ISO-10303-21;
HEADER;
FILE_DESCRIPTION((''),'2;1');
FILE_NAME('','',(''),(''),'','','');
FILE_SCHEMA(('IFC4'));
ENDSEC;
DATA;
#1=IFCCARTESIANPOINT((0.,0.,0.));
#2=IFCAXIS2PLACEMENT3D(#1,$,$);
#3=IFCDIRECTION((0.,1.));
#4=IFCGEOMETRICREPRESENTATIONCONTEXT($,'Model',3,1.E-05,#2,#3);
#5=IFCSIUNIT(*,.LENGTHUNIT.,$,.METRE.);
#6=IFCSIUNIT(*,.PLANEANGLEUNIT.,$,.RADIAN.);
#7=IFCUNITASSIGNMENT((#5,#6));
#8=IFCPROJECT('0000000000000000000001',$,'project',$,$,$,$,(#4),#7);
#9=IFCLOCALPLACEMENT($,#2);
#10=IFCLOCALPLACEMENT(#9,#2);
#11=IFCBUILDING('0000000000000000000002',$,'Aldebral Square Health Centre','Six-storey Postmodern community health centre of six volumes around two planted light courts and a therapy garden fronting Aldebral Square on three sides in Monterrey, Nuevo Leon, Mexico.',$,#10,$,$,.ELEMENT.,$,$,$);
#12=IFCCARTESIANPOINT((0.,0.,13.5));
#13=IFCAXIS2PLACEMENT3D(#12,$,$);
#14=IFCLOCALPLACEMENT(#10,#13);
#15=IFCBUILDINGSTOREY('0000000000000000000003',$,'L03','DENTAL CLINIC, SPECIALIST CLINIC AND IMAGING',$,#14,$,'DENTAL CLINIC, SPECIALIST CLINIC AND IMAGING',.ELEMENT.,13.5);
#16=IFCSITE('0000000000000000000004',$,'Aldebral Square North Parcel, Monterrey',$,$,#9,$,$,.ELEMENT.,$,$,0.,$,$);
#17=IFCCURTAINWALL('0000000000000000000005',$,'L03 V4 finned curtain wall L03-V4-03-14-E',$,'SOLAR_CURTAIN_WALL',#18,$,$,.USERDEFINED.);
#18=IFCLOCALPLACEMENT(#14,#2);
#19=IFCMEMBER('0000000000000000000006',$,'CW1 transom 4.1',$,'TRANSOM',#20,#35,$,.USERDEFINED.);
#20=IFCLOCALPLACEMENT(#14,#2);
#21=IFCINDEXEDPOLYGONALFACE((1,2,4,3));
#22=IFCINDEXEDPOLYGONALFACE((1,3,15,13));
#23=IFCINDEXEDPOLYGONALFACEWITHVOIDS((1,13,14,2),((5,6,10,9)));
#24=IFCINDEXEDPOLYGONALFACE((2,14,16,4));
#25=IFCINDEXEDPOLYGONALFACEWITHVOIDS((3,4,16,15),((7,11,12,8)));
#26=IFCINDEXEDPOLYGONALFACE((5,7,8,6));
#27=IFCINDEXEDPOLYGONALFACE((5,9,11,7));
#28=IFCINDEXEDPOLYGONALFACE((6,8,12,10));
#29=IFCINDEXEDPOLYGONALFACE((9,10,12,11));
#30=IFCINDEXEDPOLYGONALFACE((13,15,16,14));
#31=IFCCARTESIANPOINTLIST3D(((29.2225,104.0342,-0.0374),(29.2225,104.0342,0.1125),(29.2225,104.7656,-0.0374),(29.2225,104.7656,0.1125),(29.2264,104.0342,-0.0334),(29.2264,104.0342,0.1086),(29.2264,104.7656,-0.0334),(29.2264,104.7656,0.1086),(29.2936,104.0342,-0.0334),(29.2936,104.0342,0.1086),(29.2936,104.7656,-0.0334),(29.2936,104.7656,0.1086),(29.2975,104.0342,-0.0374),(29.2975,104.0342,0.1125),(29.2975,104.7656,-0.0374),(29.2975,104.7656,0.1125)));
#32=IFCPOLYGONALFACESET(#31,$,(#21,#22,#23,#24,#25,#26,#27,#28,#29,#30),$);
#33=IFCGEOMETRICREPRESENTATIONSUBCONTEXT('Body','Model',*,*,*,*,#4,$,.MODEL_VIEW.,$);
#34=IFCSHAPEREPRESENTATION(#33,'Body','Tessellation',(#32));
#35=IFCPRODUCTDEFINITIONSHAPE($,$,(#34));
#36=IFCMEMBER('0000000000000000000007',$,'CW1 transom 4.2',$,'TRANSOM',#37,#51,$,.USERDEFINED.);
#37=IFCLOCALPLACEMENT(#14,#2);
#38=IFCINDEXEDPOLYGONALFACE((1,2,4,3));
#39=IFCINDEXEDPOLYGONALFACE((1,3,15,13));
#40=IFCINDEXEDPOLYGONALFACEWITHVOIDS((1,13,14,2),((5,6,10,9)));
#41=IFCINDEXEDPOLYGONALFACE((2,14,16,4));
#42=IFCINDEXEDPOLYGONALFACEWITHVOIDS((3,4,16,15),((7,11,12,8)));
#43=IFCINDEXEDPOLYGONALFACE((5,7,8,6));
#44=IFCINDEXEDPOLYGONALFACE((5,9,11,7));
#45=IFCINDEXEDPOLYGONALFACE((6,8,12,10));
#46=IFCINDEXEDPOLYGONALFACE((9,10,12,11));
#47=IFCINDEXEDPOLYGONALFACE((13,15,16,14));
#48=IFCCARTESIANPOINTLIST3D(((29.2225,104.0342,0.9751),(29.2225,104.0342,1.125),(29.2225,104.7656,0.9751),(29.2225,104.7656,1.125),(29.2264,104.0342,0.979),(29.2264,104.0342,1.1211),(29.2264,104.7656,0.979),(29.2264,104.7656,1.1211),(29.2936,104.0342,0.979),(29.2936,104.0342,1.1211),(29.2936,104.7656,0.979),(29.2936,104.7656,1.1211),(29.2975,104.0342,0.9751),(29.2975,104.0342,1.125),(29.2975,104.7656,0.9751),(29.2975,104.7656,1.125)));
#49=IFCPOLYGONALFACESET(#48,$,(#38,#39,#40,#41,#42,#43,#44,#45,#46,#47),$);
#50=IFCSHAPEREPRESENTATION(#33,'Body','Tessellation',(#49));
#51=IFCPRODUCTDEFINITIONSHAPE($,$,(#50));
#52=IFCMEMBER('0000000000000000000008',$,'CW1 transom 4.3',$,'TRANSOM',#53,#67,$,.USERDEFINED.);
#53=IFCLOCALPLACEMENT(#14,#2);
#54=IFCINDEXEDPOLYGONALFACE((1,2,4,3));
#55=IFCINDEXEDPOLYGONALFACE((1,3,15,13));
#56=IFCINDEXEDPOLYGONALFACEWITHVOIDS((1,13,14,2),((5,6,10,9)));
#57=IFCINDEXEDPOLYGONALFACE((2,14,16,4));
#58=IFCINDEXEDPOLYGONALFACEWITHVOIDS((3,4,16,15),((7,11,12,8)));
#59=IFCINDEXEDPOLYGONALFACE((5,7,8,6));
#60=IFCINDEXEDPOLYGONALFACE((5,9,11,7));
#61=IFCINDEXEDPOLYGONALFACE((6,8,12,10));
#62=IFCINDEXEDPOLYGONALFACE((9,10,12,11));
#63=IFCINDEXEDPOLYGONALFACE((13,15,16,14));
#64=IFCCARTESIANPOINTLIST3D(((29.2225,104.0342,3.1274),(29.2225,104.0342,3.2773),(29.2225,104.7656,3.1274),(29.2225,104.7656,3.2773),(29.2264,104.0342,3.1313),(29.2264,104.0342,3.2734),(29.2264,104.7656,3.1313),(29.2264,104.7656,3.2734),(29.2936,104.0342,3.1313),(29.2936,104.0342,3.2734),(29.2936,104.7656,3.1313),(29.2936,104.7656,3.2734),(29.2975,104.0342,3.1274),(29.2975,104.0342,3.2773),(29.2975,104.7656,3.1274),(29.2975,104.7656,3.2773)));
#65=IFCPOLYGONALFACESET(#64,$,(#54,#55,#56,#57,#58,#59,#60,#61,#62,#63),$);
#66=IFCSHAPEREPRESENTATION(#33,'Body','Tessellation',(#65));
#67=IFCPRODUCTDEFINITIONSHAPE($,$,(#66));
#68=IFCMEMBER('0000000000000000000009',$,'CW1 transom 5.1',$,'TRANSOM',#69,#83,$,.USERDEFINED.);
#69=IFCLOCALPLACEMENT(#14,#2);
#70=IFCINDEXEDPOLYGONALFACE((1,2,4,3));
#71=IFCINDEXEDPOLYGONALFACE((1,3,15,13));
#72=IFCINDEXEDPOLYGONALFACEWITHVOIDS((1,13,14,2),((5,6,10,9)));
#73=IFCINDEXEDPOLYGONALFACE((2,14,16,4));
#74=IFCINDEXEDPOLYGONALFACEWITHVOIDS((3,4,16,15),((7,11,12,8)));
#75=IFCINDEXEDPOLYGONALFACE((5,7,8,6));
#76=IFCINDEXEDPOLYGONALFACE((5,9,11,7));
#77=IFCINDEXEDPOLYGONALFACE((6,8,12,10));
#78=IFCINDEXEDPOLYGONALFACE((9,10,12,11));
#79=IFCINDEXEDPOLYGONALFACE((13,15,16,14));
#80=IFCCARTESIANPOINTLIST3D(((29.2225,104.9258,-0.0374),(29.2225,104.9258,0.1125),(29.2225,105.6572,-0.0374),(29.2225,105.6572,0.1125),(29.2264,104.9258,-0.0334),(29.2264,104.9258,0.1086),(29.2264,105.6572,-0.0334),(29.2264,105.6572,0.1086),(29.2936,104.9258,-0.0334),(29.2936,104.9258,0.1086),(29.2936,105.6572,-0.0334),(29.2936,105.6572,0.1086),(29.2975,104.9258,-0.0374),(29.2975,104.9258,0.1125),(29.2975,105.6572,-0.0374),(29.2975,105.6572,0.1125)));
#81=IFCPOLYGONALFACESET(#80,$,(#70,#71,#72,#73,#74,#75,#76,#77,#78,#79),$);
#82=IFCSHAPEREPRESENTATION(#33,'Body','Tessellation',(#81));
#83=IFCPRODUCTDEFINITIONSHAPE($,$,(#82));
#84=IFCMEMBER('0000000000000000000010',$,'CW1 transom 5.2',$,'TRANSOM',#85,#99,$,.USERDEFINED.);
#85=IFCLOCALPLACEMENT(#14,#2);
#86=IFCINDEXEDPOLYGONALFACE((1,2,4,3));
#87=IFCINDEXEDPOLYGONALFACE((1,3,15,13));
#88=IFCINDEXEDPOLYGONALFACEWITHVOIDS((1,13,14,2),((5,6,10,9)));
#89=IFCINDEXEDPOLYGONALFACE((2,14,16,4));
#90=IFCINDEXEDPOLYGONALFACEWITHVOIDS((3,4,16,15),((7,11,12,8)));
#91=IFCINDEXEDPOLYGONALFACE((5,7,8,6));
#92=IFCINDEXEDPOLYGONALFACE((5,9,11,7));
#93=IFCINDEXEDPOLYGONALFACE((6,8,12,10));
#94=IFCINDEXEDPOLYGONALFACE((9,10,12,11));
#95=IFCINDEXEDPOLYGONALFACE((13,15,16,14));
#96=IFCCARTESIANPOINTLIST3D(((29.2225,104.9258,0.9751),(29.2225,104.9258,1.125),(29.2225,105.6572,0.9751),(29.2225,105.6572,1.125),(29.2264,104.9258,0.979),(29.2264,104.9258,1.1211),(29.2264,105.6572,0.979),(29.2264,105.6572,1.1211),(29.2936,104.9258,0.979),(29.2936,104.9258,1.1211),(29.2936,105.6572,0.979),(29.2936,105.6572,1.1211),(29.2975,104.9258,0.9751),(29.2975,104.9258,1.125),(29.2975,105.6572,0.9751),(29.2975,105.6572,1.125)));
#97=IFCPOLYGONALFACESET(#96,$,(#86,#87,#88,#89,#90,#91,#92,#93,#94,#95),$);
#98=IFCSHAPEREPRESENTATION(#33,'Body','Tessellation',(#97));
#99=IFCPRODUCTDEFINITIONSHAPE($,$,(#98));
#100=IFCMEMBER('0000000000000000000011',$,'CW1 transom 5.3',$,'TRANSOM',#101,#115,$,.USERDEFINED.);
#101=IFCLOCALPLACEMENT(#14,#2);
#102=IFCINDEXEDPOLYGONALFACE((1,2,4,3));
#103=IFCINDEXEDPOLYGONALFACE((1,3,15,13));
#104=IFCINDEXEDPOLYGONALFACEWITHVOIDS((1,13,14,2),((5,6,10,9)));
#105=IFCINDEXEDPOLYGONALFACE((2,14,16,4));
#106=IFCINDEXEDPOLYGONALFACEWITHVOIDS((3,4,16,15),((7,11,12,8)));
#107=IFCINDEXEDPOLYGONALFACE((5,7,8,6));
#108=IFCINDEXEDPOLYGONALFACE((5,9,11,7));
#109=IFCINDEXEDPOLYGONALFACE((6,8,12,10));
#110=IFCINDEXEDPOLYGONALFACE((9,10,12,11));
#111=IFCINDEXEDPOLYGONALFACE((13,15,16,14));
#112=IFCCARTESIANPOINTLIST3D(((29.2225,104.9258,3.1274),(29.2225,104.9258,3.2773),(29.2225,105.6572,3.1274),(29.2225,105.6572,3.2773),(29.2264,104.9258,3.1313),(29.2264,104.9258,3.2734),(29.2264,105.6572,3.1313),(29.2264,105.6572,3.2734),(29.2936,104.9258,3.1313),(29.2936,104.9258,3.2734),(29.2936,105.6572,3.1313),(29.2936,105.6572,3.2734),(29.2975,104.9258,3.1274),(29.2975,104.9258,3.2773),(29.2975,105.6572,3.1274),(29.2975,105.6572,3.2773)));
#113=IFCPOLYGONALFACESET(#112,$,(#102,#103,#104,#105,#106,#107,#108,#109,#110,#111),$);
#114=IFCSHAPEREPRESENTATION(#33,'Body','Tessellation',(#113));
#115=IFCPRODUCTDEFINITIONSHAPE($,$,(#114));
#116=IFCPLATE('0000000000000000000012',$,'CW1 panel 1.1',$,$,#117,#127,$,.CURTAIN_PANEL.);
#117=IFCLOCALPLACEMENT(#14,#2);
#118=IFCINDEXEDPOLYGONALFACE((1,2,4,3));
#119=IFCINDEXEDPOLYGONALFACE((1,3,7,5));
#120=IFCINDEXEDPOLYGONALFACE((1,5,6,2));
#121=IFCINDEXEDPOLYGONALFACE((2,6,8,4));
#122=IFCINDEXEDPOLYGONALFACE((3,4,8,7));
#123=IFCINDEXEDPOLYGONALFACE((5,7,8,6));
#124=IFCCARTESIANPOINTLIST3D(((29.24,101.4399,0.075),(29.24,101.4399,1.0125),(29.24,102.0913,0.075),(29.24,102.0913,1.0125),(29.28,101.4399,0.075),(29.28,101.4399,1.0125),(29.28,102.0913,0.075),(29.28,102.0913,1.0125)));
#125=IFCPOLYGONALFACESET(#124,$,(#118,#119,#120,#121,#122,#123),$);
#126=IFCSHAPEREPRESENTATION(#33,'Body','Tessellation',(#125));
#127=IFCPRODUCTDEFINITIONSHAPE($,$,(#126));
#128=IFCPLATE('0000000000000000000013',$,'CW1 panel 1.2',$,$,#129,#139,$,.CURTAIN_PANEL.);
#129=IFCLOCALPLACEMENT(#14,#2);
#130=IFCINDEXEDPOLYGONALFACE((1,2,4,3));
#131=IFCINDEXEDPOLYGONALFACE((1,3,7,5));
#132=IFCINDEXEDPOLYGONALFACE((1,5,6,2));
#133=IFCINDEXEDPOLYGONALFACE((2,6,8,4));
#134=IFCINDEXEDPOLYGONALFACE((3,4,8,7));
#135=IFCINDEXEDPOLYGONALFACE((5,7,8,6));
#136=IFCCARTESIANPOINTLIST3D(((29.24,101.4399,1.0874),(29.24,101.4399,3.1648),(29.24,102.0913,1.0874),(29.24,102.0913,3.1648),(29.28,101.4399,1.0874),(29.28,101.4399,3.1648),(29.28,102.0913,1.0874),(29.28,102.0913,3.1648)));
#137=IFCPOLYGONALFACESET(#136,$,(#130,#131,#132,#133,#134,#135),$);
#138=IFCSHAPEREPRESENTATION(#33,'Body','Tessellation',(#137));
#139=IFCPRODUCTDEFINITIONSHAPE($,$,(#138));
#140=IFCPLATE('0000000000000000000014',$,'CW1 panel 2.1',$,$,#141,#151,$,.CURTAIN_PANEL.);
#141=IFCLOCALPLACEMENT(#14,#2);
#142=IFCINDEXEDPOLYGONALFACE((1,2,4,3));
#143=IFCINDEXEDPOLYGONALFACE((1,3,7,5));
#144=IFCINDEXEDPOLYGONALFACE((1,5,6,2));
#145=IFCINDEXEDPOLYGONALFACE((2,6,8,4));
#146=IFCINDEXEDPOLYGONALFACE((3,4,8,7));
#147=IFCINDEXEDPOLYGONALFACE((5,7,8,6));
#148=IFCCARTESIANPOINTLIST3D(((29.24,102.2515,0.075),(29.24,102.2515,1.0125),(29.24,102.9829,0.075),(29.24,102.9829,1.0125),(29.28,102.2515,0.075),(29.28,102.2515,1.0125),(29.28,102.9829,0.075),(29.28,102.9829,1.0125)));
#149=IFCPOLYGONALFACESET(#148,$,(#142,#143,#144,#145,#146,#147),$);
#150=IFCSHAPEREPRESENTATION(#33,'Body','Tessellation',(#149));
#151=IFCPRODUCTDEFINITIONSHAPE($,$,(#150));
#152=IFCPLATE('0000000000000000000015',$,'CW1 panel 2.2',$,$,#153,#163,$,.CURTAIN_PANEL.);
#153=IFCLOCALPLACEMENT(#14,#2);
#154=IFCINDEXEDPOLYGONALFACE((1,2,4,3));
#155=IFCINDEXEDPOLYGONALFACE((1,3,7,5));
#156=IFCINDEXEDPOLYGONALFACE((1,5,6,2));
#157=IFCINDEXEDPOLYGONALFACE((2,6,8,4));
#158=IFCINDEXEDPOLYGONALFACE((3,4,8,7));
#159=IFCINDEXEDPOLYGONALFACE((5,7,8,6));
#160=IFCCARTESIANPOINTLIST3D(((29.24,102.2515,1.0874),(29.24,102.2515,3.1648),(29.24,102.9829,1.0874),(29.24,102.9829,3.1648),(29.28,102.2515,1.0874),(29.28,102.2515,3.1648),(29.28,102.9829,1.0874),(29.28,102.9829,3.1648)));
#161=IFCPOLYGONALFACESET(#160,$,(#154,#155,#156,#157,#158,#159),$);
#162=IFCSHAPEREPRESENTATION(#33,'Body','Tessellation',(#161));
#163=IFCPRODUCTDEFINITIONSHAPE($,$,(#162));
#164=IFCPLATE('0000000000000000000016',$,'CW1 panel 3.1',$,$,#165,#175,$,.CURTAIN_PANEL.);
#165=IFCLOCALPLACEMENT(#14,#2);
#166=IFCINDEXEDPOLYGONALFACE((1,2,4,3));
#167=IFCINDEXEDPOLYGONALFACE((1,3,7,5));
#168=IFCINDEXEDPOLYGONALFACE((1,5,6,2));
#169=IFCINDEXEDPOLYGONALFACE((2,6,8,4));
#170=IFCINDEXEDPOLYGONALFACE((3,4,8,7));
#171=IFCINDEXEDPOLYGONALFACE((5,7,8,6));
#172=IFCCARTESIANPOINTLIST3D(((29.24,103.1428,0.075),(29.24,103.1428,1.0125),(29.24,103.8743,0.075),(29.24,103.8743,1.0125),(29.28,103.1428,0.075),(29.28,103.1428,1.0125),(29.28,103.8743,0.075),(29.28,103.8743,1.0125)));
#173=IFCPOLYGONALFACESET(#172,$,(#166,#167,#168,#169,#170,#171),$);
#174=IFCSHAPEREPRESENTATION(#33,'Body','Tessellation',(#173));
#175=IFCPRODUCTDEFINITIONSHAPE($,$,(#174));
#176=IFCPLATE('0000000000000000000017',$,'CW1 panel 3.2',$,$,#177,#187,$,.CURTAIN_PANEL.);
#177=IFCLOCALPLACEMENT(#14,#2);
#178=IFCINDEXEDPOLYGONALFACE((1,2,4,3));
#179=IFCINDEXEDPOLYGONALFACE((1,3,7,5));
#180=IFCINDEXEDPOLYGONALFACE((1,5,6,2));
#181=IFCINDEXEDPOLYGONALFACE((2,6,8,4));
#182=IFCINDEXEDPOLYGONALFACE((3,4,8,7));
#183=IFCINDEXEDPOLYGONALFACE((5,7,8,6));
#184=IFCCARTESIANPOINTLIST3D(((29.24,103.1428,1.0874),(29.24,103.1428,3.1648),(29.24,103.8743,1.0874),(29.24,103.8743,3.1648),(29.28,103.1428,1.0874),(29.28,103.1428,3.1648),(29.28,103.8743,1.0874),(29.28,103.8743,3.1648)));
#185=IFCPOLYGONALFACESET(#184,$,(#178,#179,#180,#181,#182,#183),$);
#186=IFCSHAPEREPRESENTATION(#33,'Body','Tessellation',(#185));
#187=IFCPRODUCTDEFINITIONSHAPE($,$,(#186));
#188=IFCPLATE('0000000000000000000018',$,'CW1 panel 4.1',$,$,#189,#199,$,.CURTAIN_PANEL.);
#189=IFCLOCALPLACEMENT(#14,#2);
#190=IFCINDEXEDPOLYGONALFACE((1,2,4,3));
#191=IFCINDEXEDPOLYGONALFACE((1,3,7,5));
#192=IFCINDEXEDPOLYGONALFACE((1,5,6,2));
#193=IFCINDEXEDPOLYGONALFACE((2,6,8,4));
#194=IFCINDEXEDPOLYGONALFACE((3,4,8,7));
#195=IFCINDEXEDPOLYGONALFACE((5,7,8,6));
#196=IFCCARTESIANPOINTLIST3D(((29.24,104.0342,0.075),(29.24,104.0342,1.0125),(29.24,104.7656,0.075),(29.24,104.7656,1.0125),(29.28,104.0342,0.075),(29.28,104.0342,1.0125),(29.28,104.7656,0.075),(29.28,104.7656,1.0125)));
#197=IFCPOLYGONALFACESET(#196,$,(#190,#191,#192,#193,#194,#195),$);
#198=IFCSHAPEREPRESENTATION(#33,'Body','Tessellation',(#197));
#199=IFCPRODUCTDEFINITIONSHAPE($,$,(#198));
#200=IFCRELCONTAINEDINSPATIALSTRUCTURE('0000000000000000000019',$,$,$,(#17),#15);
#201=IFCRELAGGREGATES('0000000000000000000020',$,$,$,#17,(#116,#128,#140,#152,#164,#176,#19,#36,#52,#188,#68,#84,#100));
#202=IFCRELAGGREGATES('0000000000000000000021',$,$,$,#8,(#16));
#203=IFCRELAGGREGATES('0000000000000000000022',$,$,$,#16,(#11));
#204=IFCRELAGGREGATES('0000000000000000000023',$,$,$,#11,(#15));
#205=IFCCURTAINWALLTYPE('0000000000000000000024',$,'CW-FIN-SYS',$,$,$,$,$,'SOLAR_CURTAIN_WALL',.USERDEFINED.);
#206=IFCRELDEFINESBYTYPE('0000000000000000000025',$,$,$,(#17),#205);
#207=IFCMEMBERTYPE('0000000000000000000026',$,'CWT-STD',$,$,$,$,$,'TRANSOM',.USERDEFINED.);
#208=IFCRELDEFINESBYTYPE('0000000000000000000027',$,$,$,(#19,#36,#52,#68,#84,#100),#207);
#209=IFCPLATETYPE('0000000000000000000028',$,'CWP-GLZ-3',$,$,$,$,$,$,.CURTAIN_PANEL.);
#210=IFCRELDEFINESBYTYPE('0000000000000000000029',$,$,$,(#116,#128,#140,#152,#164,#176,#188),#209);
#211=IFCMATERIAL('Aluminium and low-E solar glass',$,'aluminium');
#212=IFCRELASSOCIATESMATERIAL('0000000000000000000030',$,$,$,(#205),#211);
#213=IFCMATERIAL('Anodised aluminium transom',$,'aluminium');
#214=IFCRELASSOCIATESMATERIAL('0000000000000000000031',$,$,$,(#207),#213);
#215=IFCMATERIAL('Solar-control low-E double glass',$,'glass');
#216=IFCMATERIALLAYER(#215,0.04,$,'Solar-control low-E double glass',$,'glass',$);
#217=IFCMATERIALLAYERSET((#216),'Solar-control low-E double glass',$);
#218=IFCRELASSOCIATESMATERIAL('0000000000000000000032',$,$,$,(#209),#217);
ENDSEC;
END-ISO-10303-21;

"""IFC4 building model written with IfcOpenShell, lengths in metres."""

from ifc_helpers import new_model, si_unit, direction, frame, origin, origin_2d, place, context, subcontext, project, spatial, rectangle, hollow_rectangle, extrude, material, layer, layer_set, material_profile, profile_set, type_object, element, aggregate, save


model = new_model("IFC4")

# Units and contexts
model_context = context("Model", 3, precision=1e-05, world=origin(), true_north=direction((0.0, 1.0)))
body_context = subcontext(model_context, "Body", "Model", "MODEL_VIEW")
ifc_project = project(units=[si_unit("LENGTHUNIT", "METRE"), si_unit("PLANEANGLEUNIT", "RADIAN")], contexts=[model_context])

# Site, building, storey
site_placement = place(None, origin())
site = spatial("IfcSite", under=ifc_project, at=site_placement, Name="Aldebral Square North Parcel, Monterrey", CompositionType="ELEMENT", RefElevation=0.0)
building_placement = place(site_placement, origin())
building = spatial("IfcBuilding", under=site, at=building_placement, Name="Aldebral Square Health Centre", Description="Six-storey Postmodern community health centre of six volumes around two planted light courts and a therapy garden fronting Aldebral Square on three sides in Monterrey, Nuevo Leon, Mexico.", CompositionType="ELEMENT")
storey_placement = place(building_placement, frame((0.0, 0.0, 13.5)))
storey = spatial("IfcBuildingStorey", under=building, at=storey_placement, Name="L03", Description="DENTAL CLINIC, SPECIALIST CLINIC AND IMAGING", LongName="DENTAL CLINIC, SPECIALIST CLINIC AND IMAGING", CompositionType="ELEMENT", Elevation=13.5)

# Curtain wall, members, plates
ifc_material_1 = material(Name="Aluminium and low-E solar glass", Category="aluminium")
curtain_wall_type = type_object("IfcCurtainWallType", Name="CW-FIN-SYS", ElementType="SOLAR_CURTAIN_WALL", PredefinedType="USERDEFINED", material=ifc_material_1)
curtain_wall_placement = place(storey_placement, origin())
curtain_wall = element("IfcCurtainWall", 1, at=curtain_wall_placement, inside=storey, type_object=curtain_wall_type, Name="L03 V4 finned curtain wall L03-V4-03-14-E", ObjectType="SOLAR_CURTAIN_WALL", PredefinedType="USERDEFINED")
ifc_material_2 = material(Name="Anodised aluminium transom", Category="aluminium")
ifc_material_profile_1 = material_profile(ifc_material_2, hollow_rectangle(XDim=0.075, YDim=0.1499, WallThickness=0.0039, at=origin_2d()), Name="CWT 75x150x4")
ifc_profile_set_1 = profile_set([ifc_material_profile_1], Name="Anodised aluminium transom")
member_type_1 = type_object("IfcMemberType", Name="CWT-STD", ElementType="TRANSOM", PredefinedType="USERDEFINED", material=ifc_profile_set_1)
member_1_placement = place(storey_placement, frame((29.26, 104.0342, 0.0376), z_axis=(0.0, 1.0, 0.0), x_axis=(-1.0, 0.0, 0.0)))
member_1 = element("IfcMember", 2, at=member_1_placement, type_object=member_type_1, Name="CW1 transom 4.1", ObjectType="TRANSOM", PredefinedType="USERDEFINED", context=body_context, shape_type="SweptSolid", body=[
    extrude(hollow_rectangle(XDim=0.075, YDim=0.1499, WallThickness=0.0039, at=origin_2d()), origin(), (0.0, 0.0, 1.0), 0.7314),
])
member_2_placement = place(storey_placement, frame((29.26, 104.0342, 1.05), z_axis=(0.0, 1.0, 0.0), x_axis=(-1.0, 0.0, 0.0)))
member_2 = element("IfcMember", 3, at=member_2_placement, type_object=member_type_1, Name="CW1 transom 4.2", ObjectType="TRANSOM", PredefinedType="USERDEFINED", context=body_context, shape_type="SweptSolid", body=[
    extrude(hollow_rectangle(XDim=0.075, YDim=0.1499, WallThickness=0.0039, at=origin_2d()), origin(), (0.0, 0.0, 1.0), 0.7314),
])
member_3_placement = place(storey_placement, frame((29.26, 104.0342, 3.2024), z_axis=(0.0, 1.0, 0.0), x_axis=(-1.0, 0.0, 0.0)))
member_3 = element("IfcMember", 4, at=member_3_placement, type_object=member_type_1, Name="CW1 transom 4.3", ObjectType="TRANSOM", PredefinedType="USERDEFINED", context=body_context, shape_type="SweptSolid", body=[
    extrude(hollow_rectangle(XDim=0.075, YDim=0.1499, WallThickness=0.0039, at=origin_2d()), origin(), (0.0, 0.0, 1.0), 0.7314),
])
member_4_placement = place(storey_placement, frame((29.26, 104.9258, 0.0376), z_axis=(0.0, 1.0, 0.0), x_axis=(-1.0, 0.0, 0.0)))
member_4 = element("IfcMember", 5, at=member_4_placement, type_object=member_type_1, Name="CW1 transom 5.1", ObjectType="TRANSOM", PredefinedType="USERDEFINED", context=body_context, shape_type="SweptSolid", body=[
    extrude(hollow_rectangle(XDim=0.075, YDim=0.1499, WallThickness=0.0039, at=origin_2d()), origin(), (0.0, 0.0, 1.0), 0.7314),
])
member_5_placement = place(storey_placement, frame((29.26, 104.9258, 1.05), z_axis=(0.0, 1.0, 0.0), x_axis=(-1.0, 0.0, 0.0)))
member_5 = element("IfcMember", 6, at=member_5_placement, type_object=member_type_1, Name="CW1 transom 5.2", ObjectType="TRANSOM", PredefinedType="USERDEFINED", context=body_context, shape_type="SweptSolid", body=[
    extrude(hollow_rectangle(XDim=0.075, YDim=0.1499, WallThickness=0.0039, at=origin_2d()), origin(), (0.0, 0.0, 1.0), 0.7314),
])
member_6_placement = place(storey_placement, frame((29.26, 104.9258, 3.2024), z_axis=(0.0, 1.0, 0.0), x_axis=(-1.0, 0.0, 0.0)))
member_6 = element("IfcMember", 7, at=member_6_placement, type_object=member_type_1, Name="CW1 transom 5.3", ObjectType="TRANSOM", PredefinedType="USERDEFINED", context=body_context, shape_type="SweptSolid", body=[
    extrude(hollow_rectangle(XDim=0.075, YDim=0.1499, WallThickness=0.0039, at=origin_2d()), origin(), (0.0, 0.0, 1.0), 0.7314),
])
ifc_material_3 = material(Name="Solar-control low-E double glass", Category="glass")
ifc_layer = layer(ifc_material_3, 0.04, Name="Solar-control low-E double glass", Category="glass")
ifc_layer_set = layer_set([ifc_layer], Name="Solar-control low-E double glass")
plate_type = type_object("IfcPlateType", Name="CWP-GLZ-3", PredefinedType="CURTAIN_PANEL", material=ifc_layer_set)
plate_1_placement = place(storey_placement, frame((29.26, 101.7656, 0.075), z_axis=(0.0, 0.0, 1.0), x_axis=(0.0, 1.0, 0.0)))
plate_1 = element("IfcPlate", 8, at=plate_1_placement, type_object=plate_type, Name="CW1 panel 1.1", PredefinedType="CURTAIN_PANEL", context=body_context, shape_type="SweptSolid", body=[
    extrude(rectangle(XDim=0.6514, YDim=0.04, at=origin_2d()), origin(), (0.0, 0.0, 1.0), 0.9375),
])
plate_2_placement = place(storey_placement, frame((29.26, 101.7656, 1.0874), z_axis=(0.0, 0.0, 1.0), x_axis=(0.0, 1.0, 0.0)))
plate_2 = element("IfcPlate", 9, at=plate_2_placement, type_object=plate_type, Name="CW1 panel 1.2", PredefinedType="CURTAIN_PANEL", context=body_context, shape_type="SweptSolid", body=[
    extrude(rectangle(XDim=0.6514, YDim=0.04, at=origin_2d()), origin(), (0.0, 0.0, 1.0), 2.0774),
])
plate_3_placement = place(storey_placement, frame((29.26, 102.6172, 0.075), z_axis=(0.0, 0.0, 1.0), x_axis=(0.0, 1.0, 0.0)))
plate_3 = element("IfcPlate", 10, at=plate_3_placement, type_object=plate_type, Name="CW1 panel 2.1", PredefinedType="CURTAIN_PANEL", context=body_context, shape_type="SweptSolid", body=[
    extrude(rectangle(XDim=0.7314, YDim=0.04, at=origin_2d()), origin(), (0.0, 0.0, 1.0), 0.9375),
])
plate_4_placement = place(storey_placement, frame((29.26, 102.6172, 1.0874), z_axis=(0.0, 0.0, 1.0), x_axis=(0.0, 1.0, 0.0)))
plate_4 = element("IfcPlate", 11, at=plate_4_placement, type_object=plate_type, Name="CW1 panel 2.2", PredefinedType="CURTAIN_PANEL", context=body_context, shape_type="SweptSolid", body=[
    extrude(rectangle(XDim=0.7314, YDim=0.04, at=origin_2d()), origin(), (0.0, 0.0, 1.0), 2.0774),
])
plate_5_placement = place(storey_placement, frame((29.26, 103.5085, 0.075), z_axis=(0.0, 0.0, 1.0), x_axis=(0.0, 1.0, 0.0)))
plate_5 = element("IfcPlate", 12, at=plate_5_placement, type_object=plate_type, Name="CW1 panel 3.1", PredefinedType="CURTAIN_PANEL", context=body_context, shape_type="SweptSolid", body=[
    extrude(rectangle(XDim=0.7314, YDim=0.04, at=origin_2d()), origin(), (0.0, 0.0, 1.0), 0.9375),
])
plate_6_placement = place(storey_placement, frame((29.26, 103.5085, 1.0874), z_axis=(0.0, 0.0, 1.0), x_axis=(0.0, 1.0, 0.0)))
plate_6 = element("IfcPlate", 13, at=plate_6_placement, type_object=plate_type, Name="CW1 panel 3.2", PredefinedType="CURTAIN_PANEL", context=body_context, shape_type="SweptSolid", body=[
    extrude(rectangle(XDim=0.7314, YDim=0.04, at=origin_2d()), origin(), (0.0, 0.0, 1.0), 2.0774),
])
plate_7_placement = place(storey_placement, frame((29.26, 104.3999, 0.075), z_axis=(0.0, 0.0, 1.0), x_axis=(0.0, 1.0, 0.0)))
plate_7 = element("IfcPlate", 14, at=plate_7_placement, type_object=plate_type, Name="CW1 panel 4.1", PredefinedType="CURTAIN_PANEL", context=body_context, shape_type="SweptSolid", body=[
    extrude(rectangle(XDim=0.7314, YDim=0.04, at=origin_2d()), origin(), (0.0, 0.0, 1.0), 0.9375),
])
aggregate(curtain_wall, [plate_1, plate_2, plate_3, plate_4, plate_5, plate_6, member_1, member_2, member_3, plate_7, member_4, member_5, member_6])

save(model, "model.ifc")
